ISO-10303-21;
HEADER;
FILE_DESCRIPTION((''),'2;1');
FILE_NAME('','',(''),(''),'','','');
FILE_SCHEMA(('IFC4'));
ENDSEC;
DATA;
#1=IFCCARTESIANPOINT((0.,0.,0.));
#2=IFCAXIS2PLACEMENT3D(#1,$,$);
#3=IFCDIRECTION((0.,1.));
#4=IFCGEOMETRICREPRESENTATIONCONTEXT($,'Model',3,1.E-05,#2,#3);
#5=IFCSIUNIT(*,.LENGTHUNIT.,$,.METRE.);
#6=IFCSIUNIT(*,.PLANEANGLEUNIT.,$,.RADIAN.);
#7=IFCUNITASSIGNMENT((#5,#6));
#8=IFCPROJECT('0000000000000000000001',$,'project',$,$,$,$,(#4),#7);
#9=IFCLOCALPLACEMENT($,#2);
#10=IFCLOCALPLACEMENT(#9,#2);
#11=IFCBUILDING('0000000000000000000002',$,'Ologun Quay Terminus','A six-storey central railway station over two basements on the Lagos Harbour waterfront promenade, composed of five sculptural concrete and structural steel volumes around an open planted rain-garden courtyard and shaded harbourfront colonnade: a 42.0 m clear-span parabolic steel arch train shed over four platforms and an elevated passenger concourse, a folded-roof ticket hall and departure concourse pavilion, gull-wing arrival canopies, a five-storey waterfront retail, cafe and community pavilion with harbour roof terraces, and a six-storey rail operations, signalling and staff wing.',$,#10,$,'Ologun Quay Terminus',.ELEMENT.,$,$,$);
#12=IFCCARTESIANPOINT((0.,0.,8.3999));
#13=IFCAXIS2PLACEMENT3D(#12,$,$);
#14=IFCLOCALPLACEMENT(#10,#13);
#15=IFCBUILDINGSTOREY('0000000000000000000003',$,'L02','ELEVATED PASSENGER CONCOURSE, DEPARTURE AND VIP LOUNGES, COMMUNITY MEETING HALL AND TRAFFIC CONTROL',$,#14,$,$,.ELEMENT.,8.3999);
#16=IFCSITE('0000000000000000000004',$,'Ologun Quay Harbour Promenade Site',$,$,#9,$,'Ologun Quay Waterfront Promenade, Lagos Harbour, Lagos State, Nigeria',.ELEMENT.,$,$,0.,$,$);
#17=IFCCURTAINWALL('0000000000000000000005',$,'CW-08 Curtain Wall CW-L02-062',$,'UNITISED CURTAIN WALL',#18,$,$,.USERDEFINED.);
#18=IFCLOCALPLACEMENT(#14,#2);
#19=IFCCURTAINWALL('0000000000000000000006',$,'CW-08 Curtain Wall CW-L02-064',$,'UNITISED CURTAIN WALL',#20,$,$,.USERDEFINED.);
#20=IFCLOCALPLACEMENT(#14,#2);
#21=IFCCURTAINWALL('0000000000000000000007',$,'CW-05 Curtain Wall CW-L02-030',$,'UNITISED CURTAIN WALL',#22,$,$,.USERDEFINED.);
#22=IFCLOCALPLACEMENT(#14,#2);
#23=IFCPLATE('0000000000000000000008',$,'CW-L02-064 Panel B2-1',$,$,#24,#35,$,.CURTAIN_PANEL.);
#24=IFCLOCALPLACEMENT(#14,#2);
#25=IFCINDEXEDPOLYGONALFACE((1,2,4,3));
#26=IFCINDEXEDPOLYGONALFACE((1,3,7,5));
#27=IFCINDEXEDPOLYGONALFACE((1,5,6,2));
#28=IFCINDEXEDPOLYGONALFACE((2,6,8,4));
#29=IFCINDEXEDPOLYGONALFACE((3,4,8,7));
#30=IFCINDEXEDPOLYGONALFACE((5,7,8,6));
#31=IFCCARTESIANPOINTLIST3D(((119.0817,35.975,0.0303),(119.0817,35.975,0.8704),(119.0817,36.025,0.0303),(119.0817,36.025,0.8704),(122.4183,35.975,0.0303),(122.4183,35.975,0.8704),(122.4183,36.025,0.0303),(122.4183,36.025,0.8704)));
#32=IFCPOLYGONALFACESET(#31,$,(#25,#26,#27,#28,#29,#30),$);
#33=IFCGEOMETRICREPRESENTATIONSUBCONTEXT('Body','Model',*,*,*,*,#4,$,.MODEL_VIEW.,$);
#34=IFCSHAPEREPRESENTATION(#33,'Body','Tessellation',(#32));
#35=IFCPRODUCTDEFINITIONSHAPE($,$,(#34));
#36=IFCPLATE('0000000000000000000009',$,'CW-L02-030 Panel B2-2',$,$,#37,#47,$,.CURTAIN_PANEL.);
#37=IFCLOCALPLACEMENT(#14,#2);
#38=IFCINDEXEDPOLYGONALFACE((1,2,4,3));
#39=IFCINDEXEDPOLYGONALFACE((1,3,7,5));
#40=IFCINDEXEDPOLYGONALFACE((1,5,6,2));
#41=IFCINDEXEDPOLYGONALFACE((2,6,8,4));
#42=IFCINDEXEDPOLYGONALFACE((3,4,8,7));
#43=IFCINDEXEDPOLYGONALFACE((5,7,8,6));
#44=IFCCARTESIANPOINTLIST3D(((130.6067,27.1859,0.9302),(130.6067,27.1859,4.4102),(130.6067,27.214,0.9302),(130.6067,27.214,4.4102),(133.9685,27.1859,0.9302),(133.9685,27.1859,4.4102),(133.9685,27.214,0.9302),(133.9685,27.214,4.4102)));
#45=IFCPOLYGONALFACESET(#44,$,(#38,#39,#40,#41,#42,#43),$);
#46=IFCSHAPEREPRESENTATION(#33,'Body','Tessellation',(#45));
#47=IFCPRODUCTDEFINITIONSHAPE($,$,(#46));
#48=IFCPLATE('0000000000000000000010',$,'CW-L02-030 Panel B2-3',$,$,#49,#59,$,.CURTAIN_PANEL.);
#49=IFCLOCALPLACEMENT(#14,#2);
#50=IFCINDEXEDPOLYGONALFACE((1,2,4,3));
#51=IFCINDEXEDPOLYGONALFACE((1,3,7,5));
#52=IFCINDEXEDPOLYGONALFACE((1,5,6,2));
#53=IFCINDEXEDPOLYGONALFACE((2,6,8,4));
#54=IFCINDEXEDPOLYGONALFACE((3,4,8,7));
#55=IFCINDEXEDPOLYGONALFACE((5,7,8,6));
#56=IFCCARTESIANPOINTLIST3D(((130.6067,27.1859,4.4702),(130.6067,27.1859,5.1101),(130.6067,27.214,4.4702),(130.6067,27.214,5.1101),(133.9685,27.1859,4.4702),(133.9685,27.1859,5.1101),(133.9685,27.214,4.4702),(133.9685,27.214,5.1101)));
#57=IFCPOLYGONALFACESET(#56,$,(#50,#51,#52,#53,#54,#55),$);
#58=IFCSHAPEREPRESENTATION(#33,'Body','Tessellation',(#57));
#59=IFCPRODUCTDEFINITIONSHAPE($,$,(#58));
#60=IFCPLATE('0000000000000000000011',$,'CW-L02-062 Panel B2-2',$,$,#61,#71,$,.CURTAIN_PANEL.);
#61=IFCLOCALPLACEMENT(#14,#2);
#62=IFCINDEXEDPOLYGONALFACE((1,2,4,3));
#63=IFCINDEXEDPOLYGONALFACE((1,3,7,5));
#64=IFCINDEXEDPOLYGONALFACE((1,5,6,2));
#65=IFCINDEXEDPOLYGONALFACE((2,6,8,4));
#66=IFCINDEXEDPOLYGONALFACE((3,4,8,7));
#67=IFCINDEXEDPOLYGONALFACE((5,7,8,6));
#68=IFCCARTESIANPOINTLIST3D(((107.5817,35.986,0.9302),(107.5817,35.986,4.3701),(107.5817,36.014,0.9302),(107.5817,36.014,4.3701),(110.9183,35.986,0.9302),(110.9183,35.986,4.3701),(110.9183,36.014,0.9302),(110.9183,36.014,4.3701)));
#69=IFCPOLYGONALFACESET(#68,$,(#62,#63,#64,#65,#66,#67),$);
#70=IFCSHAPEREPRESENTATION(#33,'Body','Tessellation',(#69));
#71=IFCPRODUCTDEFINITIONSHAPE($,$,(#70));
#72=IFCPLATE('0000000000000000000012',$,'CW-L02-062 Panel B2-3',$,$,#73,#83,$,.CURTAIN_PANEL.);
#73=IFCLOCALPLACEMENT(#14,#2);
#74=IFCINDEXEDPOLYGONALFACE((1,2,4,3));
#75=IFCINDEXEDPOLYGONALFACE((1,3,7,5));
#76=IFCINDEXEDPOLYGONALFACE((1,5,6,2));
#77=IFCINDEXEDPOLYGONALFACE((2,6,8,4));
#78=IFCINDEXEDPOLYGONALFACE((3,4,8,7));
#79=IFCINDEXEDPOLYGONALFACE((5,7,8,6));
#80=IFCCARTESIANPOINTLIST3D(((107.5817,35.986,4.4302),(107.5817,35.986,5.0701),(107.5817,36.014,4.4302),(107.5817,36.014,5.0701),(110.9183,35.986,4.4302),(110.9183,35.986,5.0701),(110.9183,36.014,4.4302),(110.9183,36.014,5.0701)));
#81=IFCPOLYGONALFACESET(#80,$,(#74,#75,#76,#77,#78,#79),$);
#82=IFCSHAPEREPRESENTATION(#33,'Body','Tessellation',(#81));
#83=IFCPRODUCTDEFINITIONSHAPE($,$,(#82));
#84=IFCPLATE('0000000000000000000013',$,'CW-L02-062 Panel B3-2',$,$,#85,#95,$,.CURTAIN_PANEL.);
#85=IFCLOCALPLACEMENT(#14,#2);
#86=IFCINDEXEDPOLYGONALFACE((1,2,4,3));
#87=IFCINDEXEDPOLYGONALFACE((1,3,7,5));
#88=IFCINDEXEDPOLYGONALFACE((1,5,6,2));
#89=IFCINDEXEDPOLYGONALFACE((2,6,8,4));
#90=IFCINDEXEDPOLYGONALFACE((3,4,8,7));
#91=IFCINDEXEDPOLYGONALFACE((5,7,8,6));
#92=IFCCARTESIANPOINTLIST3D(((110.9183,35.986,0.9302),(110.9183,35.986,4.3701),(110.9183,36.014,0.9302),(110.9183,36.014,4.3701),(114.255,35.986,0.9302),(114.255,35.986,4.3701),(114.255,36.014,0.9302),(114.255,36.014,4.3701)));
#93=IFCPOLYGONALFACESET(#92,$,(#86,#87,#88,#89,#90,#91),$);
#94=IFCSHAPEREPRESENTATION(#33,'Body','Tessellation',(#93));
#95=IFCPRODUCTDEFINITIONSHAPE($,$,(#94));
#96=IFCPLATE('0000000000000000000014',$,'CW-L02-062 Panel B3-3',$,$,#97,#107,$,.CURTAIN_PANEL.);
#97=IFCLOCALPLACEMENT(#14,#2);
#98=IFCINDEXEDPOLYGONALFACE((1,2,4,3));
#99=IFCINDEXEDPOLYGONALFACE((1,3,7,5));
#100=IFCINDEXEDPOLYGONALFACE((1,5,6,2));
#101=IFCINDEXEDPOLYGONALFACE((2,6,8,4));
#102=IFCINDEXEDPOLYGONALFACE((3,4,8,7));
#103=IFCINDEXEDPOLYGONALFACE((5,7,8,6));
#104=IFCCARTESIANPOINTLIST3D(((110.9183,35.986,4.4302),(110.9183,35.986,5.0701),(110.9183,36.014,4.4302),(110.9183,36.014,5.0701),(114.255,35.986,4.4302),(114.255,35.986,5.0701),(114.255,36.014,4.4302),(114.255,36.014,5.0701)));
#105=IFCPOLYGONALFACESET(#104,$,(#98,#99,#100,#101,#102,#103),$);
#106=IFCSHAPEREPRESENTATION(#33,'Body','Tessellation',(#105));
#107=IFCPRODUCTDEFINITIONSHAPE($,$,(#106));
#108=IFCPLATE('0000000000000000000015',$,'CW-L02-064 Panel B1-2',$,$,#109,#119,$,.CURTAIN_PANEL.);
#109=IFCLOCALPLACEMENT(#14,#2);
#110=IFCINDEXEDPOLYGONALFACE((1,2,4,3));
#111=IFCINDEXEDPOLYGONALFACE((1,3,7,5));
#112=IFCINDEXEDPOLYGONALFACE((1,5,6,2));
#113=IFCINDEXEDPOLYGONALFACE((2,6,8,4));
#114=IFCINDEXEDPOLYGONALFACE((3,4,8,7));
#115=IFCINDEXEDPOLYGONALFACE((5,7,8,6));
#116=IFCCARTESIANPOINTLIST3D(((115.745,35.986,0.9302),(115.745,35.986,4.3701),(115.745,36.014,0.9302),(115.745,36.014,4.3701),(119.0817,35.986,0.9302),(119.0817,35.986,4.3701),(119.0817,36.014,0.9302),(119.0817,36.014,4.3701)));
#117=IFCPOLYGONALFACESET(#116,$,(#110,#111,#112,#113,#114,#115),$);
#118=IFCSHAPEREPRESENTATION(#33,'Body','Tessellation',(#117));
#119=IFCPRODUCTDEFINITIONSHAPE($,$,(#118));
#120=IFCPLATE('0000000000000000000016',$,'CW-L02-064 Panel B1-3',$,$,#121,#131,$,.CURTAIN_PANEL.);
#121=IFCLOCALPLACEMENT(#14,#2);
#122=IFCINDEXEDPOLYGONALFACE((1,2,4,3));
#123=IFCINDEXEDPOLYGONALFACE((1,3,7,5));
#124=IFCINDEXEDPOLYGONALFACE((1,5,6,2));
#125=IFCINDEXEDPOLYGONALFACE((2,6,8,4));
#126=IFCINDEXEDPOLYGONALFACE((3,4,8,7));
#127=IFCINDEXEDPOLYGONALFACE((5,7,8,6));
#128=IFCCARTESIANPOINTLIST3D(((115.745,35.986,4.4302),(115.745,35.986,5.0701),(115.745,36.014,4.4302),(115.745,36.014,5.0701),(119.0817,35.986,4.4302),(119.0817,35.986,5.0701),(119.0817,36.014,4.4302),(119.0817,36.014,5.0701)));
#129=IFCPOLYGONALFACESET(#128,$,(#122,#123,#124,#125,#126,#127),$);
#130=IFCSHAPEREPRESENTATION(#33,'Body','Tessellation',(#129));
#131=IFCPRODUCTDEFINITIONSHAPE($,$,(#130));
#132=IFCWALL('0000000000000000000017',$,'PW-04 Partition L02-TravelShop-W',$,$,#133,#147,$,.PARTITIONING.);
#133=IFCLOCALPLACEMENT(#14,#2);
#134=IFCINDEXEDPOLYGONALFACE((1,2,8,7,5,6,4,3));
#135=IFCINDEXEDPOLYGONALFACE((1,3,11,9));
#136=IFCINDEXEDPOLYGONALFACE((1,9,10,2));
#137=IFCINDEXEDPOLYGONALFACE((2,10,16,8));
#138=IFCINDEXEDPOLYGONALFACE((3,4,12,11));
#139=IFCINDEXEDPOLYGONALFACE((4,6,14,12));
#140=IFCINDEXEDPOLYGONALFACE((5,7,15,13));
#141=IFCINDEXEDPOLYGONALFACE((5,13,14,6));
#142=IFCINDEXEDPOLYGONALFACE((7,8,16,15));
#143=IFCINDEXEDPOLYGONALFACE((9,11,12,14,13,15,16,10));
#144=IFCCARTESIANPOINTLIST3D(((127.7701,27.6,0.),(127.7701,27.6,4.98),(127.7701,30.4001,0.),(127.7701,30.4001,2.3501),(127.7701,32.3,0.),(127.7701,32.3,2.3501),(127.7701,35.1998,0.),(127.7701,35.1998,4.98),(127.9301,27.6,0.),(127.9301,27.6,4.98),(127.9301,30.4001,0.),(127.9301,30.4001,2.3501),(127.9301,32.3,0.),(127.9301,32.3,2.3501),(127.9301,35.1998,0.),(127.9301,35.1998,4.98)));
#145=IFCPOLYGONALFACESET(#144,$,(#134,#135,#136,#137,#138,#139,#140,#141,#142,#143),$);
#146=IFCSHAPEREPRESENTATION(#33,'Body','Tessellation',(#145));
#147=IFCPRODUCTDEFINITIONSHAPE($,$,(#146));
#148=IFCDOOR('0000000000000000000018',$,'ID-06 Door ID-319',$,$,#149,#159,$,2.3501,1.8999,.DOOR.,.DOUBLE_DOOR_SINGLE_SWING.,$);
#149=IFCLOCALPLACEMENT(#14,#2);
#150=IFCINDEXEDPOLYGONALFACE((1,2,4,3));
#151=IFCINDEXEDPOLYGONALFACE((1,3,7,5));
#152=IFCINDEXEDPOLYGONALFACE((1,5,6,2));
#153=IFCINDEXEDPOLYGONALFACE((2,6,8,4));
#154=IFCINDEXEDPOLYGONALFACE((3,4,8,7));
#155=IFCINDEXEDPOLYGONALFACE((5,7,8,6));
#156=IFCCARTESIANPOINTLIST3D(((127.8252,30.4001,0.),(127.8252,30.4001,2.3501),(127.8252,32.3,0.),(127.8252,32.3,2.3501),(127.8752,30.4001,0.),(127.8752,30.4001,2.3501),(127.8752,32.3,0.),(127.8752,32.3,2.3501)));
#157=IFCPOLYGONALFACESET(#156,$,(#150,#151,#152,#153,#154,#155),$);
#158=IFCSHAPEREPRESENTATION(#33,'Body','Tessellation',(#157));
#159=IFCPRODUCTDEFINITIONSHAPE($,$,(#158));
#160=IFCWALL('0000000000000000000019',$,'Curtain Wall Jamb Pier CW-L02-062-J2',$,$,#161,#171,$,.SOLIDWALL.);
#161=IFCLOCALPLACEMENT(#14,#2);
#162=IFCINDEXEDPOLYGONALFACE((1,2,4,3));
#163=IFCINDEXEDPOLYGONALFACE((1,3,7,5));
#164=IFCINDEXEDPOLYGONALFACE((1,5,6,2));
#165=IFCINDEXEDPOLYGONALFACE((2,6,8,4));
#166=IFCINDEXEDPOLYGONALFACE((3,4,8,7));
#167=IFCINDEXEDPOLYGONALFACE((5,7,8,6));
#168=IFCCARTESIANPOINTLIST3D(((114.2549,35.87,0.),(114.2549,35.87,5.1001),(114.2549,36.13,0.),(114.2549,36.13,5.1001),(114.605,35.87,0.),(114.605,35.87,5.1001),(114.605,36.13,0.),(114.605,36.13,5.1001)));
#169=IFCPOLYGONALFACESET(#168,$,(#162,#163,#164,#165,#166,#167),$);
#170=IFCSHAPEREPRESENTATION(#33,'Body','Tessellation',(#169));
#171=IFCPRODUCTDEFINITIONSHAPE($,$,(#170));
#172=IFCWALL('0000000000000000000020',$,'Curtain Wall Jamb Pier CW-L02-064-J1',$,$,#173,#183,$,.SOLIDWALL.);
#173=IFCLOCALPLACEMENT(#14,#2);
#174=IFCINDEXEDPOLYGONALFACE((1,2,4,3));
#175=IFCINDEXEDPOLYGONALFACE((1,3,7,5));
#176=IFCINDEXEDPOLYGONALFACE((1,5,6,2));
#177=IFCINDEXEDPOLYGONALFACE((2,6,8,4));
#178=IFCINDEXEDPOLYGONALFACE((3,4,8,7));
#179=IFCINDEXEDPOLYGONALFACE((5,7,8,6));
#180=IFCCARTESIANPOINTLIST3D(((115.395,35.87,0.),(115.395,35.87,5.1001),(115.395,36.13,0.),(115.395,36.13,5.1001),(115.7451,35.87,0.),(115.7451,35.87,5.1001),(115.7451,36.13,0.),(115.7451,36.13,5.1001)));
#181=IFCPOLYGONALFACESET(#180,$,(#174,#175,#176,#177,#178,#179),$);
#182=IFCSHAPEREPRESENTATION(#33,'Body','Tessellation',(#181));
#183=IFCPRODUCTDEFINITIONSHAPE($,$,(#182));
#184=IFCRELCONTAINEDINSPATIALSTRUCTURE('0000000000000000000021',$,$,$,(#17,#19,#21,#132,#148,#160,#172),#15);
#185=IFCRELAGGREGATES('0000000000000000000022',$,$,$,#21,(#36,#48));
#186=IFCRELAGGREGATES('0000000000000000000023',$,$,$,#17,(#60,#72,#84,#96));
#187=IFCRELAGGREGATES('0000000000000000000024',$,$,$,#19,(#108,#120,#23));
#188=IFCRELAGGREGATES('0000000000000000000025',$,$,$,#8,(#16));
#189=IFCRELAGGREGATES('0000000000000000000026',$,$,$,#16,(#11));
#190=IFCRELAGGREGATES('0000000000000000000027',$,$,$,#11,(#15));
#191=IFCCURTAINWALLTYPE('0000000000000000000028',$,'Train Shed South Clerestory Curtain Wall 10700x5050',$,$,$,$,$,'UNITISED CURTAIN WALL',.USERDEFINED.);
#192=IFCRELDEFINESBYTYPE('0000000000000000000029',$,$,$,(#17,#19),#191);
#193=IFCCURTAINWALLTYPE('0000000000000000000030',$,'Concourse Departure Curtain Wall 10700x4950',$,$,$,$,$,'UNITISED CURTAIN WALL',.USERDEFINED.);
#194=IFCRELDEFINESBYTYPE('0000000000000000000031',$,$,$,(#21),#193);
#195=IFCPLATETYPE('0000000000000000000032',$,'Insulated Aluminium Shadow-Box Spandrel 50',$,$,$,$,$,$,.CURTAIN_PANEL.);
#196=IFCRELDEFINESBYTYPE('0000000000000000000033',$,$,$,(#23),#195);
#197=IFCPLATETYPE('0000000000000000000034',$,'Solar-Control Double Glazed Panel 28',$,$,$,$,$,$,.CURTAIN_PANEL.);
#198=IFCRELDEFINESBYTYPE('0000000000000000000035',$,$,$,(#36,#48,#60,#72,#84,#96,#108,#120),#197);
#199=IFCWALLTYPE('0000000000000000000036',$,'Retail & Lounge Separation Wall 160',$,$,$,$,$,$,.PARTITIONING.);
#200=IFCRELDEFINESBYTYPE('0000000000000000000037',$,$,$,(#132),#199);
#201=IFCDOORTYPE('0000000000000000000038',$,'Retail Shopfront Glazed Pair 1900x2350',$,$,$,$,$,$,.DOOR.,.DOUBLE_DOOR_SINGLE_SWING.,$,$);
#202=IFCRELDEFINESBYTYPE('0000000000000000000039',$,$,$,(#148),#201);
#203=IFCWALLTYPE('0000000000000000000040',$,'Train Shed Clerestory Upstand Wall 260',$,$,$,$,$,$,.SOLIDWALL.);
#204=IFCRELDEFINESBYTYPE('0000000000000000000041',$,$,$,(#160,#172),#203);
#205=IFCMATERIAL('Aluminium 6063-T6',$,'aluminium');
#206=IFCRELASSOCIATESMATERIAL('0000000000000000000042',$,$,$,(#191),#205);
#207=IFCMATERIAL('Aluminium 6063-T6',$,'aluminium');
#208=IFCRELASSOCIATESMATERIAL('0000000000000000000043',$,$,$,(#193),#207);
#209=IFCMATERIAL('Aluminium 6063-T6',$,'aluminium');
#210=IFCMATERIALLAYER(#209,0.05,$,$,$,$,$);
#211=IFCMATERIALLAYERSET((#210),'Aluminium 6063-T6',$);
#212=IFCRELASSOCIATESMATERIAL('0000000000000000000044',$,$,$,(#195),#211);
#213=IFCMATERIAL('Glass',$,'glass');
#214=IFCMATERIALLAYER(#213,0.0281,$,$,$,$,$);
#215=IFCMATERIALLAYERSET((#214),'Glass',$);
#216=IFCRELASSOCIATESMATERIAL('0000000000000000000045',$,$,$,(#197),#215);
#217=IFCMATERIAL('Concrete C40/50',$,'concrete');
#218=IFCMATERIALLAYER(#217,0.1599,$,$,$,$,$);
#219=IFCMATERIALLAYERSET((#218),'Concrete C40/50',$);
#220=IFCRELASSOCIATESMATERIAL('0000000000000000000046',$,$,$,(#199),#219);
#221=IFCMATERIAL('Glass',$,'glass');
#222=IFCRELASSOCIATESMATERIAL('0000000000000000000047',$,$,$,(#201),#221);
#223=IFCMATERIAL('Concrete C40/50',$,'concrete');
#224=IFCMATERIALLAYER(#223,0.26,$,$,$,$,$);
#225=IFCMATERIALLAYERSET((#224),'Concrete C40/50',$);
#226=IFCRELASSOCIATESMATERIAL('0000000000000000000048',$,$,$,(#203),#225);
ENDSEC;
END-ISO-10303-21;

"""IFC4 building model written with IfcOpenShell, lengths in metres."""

from ifc_helpers import new_model, si_unit, direction, frame, frame_2d, origin, origin_2d, place, context, subcontext, project, spatial, rectangle, extrude, material, layer, layer_set, type_object, element, fill, aggregate, save


model = new_model("IFC4")

# Units and contexts
model_context = context("Model", 3, precision=1e-05, world=origin(), true_north=direction((0.0, 1.0)))
body_context = subcontext(model_context, "Body", "Model", "MODEL_VIEW")
ifc_project = project(units=[si_unit("LENGTHUNIT", "METRE"), si_unit("PLANEANGLEUNIT", "RADIAN")], contexts=[model_context])

# Site, building, storey
site_placement = place(None, origin())
site = spatial("IfcSite", under=ifc_project, at=site_placement, Name="Ologun Quay Harbour Promenade Site", LongName="Ologun Quay Waterfront Promenade, Lagos Harbour, Lagos State, Nigeria", CompositionType="ELEMENT", RefElevation=0.0)
building_placement = place(site_placement, origin())
building = spatial("IfcBuilding", under=site, at=building_placement, Name="Ologun Quay Terminus", Description="A six-storey central railway station over two basements on the Lagos Harbour waterfront promenade, composed of five sculptural concrete and structural steel volumes around an open planted rain-garden courtyard and shaded harbourfront colonnade: a 42.0 m clear-span parabolic steel arch train shed over four platforms and an elevated passenger concourse, a folded-roof ticket hall and departure concourse pavilion, gull-wing arrival canopies, a five-storey waterfront retail, cafe and community pavilion with harbour roof terraces, and a six-storey rail operations, signalling and staff wing.", LongName="Ologun Quay Terminus", CompositionType="ELEMENT")
storey_placement = place(building_placement, frame((0.0, 0.0, 8.3999)))
storey = spatial("IfcBuildingStorey", under=building, at=storey_placement, Name="L02", Description="ELEVATED PASSENGER CONCOURSE, DEPARTURE AND VIP LOUNGES, COMMUNITY MEETING HALL AND TRAFFIC CONTROL", CompositionType="ELEMENT", Elevation=8.3999)

# Curtain walls
ifc_material_1 = material(Name="Aluminium 6063-T6", Category="aluminium")
curtain_wall_type_1 = type_object("IfcCurtainWallType", Name="Train Shed South Clerestory Curtain Wall 10700x5050", ElementType="UNITISED CURTAIN WALL", PredefinedType="USERDEFINED", material=ifc_material_1)
curtain_wall_1_placement = place(storey_placement, origin())
curtain_wall_1 = element("IfcCurtainWall", 1, at=curtain_wall_1_placement, inside=storey, type_object=curtain_wall_type_1, Name="CW-08 Curtain Wall CW-L02-062", ObjectType="UNITISED CURTAIN WALL", PredefinedType="USERDEFINED")
curtain_wall_2_placement = place(storey_placement, origin())
curtain_wall_2 = element("IfcCurtainWall", 2, at=curtain_wall_2_placement, inside=storey, type_object=curtain_wall_type_1, Name="CW-08 Curtain Wall CW-L02-064", ObjectType="UNITISED CURTAIN WALL", PredefinedType="USERDEFINED")

# Curtain wall
ifc_material_2 = material(Name="Aluminium 6063-T6", Category="aluminium")
curtain_wall_type_2 = type_object("IfcCurtainWallType", Name="Concourse Departure Curtain Wall 10700x4950", ElementType="UNITISED CURTAIN WALL", PredefinedType="USERDEFINED", material=ifc_material_2)
curtain_wall_3_placement = place(storey_placement, origin())
curtain_wall_3 = element("IfcCurtainWall", 3, at=curtain_wall_3_placement, inside=storey, type_object=curtain_wall_type_2, Name="CW-05 Curtain Wall CW-L02-030", ObjectType="UNITISED CURTAIN WALL", PredefinedType="USERDEFINED")

# Plates
ifc_material_3 = material(Name="Aluminium 6063-T6", Category="aluminium")
ifc_layer_1 = layer(ifc_material_3, 0.05)
ifc_layer_set_1 = layer_set([ifc_layer_1], Name="Aluminium 6063-T6")
plate_type_1 = type_object("IfcPlateType", Name="Insulated Aluminium Shadow-Box Spandrel 50", PredefinedType="CURTAIN_PANEL", material=ifc_layer_set_1)
plate_1_placement = place(storey_placement, frame((120.75, 36.0, 0.0303), z_axis=(0.0, 0.0, 1.0), x_axis=(1.0, 0.0, 0.0)))
plate_1 = element("IfcPlate", 4, at=plate_1_placement, type_object=plate_type_1, Name="CW-L02-064 Panel B2-1", PredefinedType="CURTAIN_PANEL", context=body_context, shape_type="SweptSolid", body=[
    extrude(rectangle(XDim=3.3367, YDim=0.05, at=origin_2d()), origin(), (0.0, 0.0, 1.0), 0.8401),
])
ifc_material_4 = material(Name="Glass", Category="glass")
ifc_layer_2 = layer(ifc_material_4, 0.0281)
ifc_layer_set_2 = layer_set([ifc_layer_2], Name="Glass")
plate_type_2 = type_object("IfcPlateType", Name="Solar-Control Double Glazed Panel 28", PredefinedType="CURTAIN_PANEL", material=ifc_layer_set_2)
plate_2_placement = place(storey_placement, frame((132.2876, 27.2, 0.9302), z_axis=(0.0, 0.0, 1.0), x_axis=(1.0, 0.0, 0.0)))
plate_2 = element("IfcPlate", 5, at=plate_2_placement, type_object=plate_type_2, Name="CW-L02-030 Panel B2-2", PredefinedType="CURTAIN_PANEL", context=body_context, shape_type="SweptSolid", body=[
    extrude(rectangle(XDim=3.3618, YDim=0.0281, at=origin_2d()), origin(), (0.0, 0.0, 1.0), 3.48),
])
plate_3_placement = place(storey_placement, frame((132.2876, 27.2, 4.4702), z_axis=(0.0, 0.0, 1.0), x_axis=(1.0, 0.0, 0.0)))
plate_3 = element("IfcPlate", 6, at=plate_3_placement, type_object=plate_type_2, Name="CW-L02-030 Panel B2-3", PredefinedType="CURTAIN_PANEL", context=body_context, shape_type="SweptSolid", body=[
    extrude(rectangle(XDim=3.3618, YDim=0.0281, at=origin_2d()), origin(), (0.0, 0.0, 1.0), 0.6399),
])
aggregate(curtain_wall_3, [plate_2, plate_3])
plate_4_placement = place(storey_placement, frame((109.25, 36.0, 0.9302), z_axis=(0.0, 0.0, 1.0), x_axis=(1.0, 0.0, 0.0)))
plate_4 = element("IfcPlate", 7, at=plate_4_placement, type_object=plate_type_2, Name="CW-L02-062 Panel B2-2", PredefinedType="CURTAIN_PANEL", context=body_context, shape_type="SweptSolid", body=[
    extrude(rectangle(XDim=3.3367, YDim=0.0281, at=origin_2d()), origin(), (0.0, 0.0, 1.0), 3.4399),
])
plate_5_placement = place(storey_placement, frame((109.25, 36.0, 4.4302), z_axis=(0.0, 0.0, 1.0), x_axis=(1.0, 0.0, 0.0)))
plate_5 = element("IfcPlate", 8, at=plate_5_placement, type_object=plate_type_2, Name="CW-L02-062 Panel B2-3", PredefinedType="CURTAIN_PANEL", context=body_context, shape_type="SweptSolid", body=[
    extrude(rectangle(XDim=3.3367, YDim=0.0281, at=origin_2d()), origin(), (0.0, 0.0, 1.0), 0.6399),
])
plate_6_placement = place(storey_placement, frame((112.5867, 36.0, 0.9302), z_axis=(0.0, 0.0, 1.0), x_axis=(1.0, 0.0, 0.0)))
plate_6 = element("IfcPlate", 9, at=plate_6_placement, type_object=plate_type_2, Name="CW-L02-062 Panel B3-2", PredefinedType="CURTAIN_PANEL", context=body_context, shape_type="SweptSolid", body=[
    extrude(rectangle(XDim=3.3367, YDim=0.0281, at=origin_2d()), origin(), (0.0, 0.0, 1.0), 3.4399),
])
plate_7_placement = place(storey_placement, frame((112.5867, 36.0, 4.4302), z_axis=(0.0, 0.0, 1.0), x_axis=(1.0, 0.0, 0.0)))
plate_7 = element("IfcPlate", 10, at=plate_7_placement, type_object=plate_type_2, Name="CW-L02-062 Panel B3-3", PredefinedType="CURTAIN_PANEL", context=body_context, shape_type="SweptSolid", body=[
    extrude(rectangle(XDim=3.3367, YDim=0.0281, at=origin_2d()), origin(), (0.0, 0.0, 1.0), 0.6399),
])
aggregate(curtain_wall_1, [plate_4, plate_5, plate_6, plate_7])
plate_8_placement = place(storey_placement, frame((117.4133, 36.0, 0.9302), z_axis=(0.0, 0.0, 1.0), x_axis=(1.0, 0.0, 0.0)))
plate_8 = element("IfcPlate", 11, at=plate_8_placement, type_object=plate_type_2, Name="CW-L02-064 Panel B1-2", PredefinedType="CURTAIN_PANEL", context=body_context, shape_type="SweptSolid", body=[
    extrude(rectangle(XDim=3.3367, YDim=0.0281, at=origin_2d()), origin(), (0.0, 0.0, 1.0), 3.4399),
])
plate_9_placement = place(storey_placement, frame((117.4133, 36.0, 4.4302), z_axis=(0.0, 0.0, 1.0), x_axis=(1.0, 0.0, 0.0)))
plate_9 = element("IfcPlate", 12, at=plate_9_placement, type_object=plate_type_2, Name="CW-L02-064 Panel B1-3", PredefinedType="CURTAIN_PANEL", context=body_context, shape_type="SweptSolid", body=[
    extrude(rectangle(XDim=3.3367, YDim=0.0281, at=origin_2d()), origin(), (0.0, 0.0, 1.0), 0.6399),
])
aggregate(curtain_wall_2, [plate_8, plate_9, plate_1])

# Wall, opening, door
ifc_material_5 = material(Name="Concrete C40/50", Category="concrete")
ifc_layer_3 = layer(ifc_material_5, 0.1599)
ifc_layer_set_3 = layer_set([ifc_layer_3], Name="Concrete C40/50")
wall_type_1 = type_object("IfcWallType", Name="Retail & Lounge Separation Wall 160", PredefinedType="PARTITIONING", material=ifc_layer_set_3)
wall_placement = place(storey_placement, frame((127.8501, 27.6001, 0.0), z_axis=(0.0, 0.0, 1.0), x_axis=(0.0, 1.0, 0.0)))
wall = element("IfcWall", 13, at=wall_placement, inside=storey, type_object=wall_type_1, Name="PW-04 Partition L02-TravelShop-W", PredefinedType="PARTITIONING", context=body_context, shape_type="SweptSolid", body=[
    extrude(rectangle(XDim=7.5999, YDim=0.1599, at=frame_2d((3.7998, 0.0))), origin(), (0.0, 0.0, 1.0), 4.98),
])
opening_placement = place(wall_placement, frame((2.8, 0.0, 0.0)))
opening = element("IfcOpeningElement", 14, at=opening_placement, cuts=wall, PredefinedType="OPENING", context=body_context, shape_type="SweptSolid", body=[
    extrude(rectangle(XDim=1.8999, YDim=2.3501, at=frame_2d((0.95, 1.175))), frame((0.0, 0.0898, 0.0), z_axis=(0.0, -1.0, 0.0), x_axis=(1.0, 0.0, 0.0)), (0.0, 0.0, 1.0), 0.1799),
])
ifc_material_6 = material(Name="Glass", Category="glass")
door_type = type_object("IfcDoorType", Name="Retail Shopfront Glazed Pair 1900x2350", OperationType="DOUBLE_DOOR_SINGLE_SWING", PredefinedType="DOOR", material=ifc_material_6)
door_placement = place(opening_placement, origin())
door = element("IfcDoor", 15, at=door_placement, inside=storey, type_object=door_type, Name="ID-06 Door ID-319", OperationType="DOUBLE_DOOR_SINGLE_SWING", OverallHeight=2.3501, OverallWidth=1.8999, PredefinedType="DOOR", context=body_context, shape_type="SweptSolid", body=[
    extrude(rectangle(XDim=1.8999, YDim=2.3501, at=frame_2d((0.95, 1.175))), frame((0.0, 0.0249, 0.0), z_axis=(0.0, -1.0, 0.0), x_axis=(1.0, 0.0, 0.0)), (0.0, 0.0, 1.0), 0.05),
])
fill(opening, door)

# Walls
ifc_material_7 = material(Name="Concrete C40/50", Category="concrete")
ifc_layer_4 = layer(ifc_material_7, 0.26)
ifc_layer_set_4 = layer_set([ifc_layer_4], Name="Concrete C40/50")
wall_type_2 = type_object("IfcWallType", Name="Train Shed Clerestory Upstand Wall 260", PredefinedType="SOLIDWALL", material=ifc_layer_set_4)
for number, where, z_axis, x_axis, name in (
    (16, (114.2549, 36.0, 0.0), (0.0, 0.0, 1.0), (1.0, 0.0, 0.0), "Curtain Wall Jamb Pier CW-L02-062-J2"),
    (17, (115.395, 36.0, 0.0), (0.0, 0.0, 1.0), (1.0, 0.0, 0.0), "Curtain Wall Jamb Pier CW-L02-064-J1"),
):
    element("IfcWall", number, at=place(storey_placement, frame(where, z_axis=z_axis, x_axis=x_axis)), inside=storey, type_object=wall_type_2, Name=name, PredefinedType="SOLIDWALL", context=body_context, shape_type="SweptSolid", body=[
        extrude(rectangle(XDim=0.3501, YDim=0.26, at=frame_2d((0.175, 0.0))), origin(), (0.0, 0.0, 1.0), 5.1001),
    ])

save(model, "model.ifc")
